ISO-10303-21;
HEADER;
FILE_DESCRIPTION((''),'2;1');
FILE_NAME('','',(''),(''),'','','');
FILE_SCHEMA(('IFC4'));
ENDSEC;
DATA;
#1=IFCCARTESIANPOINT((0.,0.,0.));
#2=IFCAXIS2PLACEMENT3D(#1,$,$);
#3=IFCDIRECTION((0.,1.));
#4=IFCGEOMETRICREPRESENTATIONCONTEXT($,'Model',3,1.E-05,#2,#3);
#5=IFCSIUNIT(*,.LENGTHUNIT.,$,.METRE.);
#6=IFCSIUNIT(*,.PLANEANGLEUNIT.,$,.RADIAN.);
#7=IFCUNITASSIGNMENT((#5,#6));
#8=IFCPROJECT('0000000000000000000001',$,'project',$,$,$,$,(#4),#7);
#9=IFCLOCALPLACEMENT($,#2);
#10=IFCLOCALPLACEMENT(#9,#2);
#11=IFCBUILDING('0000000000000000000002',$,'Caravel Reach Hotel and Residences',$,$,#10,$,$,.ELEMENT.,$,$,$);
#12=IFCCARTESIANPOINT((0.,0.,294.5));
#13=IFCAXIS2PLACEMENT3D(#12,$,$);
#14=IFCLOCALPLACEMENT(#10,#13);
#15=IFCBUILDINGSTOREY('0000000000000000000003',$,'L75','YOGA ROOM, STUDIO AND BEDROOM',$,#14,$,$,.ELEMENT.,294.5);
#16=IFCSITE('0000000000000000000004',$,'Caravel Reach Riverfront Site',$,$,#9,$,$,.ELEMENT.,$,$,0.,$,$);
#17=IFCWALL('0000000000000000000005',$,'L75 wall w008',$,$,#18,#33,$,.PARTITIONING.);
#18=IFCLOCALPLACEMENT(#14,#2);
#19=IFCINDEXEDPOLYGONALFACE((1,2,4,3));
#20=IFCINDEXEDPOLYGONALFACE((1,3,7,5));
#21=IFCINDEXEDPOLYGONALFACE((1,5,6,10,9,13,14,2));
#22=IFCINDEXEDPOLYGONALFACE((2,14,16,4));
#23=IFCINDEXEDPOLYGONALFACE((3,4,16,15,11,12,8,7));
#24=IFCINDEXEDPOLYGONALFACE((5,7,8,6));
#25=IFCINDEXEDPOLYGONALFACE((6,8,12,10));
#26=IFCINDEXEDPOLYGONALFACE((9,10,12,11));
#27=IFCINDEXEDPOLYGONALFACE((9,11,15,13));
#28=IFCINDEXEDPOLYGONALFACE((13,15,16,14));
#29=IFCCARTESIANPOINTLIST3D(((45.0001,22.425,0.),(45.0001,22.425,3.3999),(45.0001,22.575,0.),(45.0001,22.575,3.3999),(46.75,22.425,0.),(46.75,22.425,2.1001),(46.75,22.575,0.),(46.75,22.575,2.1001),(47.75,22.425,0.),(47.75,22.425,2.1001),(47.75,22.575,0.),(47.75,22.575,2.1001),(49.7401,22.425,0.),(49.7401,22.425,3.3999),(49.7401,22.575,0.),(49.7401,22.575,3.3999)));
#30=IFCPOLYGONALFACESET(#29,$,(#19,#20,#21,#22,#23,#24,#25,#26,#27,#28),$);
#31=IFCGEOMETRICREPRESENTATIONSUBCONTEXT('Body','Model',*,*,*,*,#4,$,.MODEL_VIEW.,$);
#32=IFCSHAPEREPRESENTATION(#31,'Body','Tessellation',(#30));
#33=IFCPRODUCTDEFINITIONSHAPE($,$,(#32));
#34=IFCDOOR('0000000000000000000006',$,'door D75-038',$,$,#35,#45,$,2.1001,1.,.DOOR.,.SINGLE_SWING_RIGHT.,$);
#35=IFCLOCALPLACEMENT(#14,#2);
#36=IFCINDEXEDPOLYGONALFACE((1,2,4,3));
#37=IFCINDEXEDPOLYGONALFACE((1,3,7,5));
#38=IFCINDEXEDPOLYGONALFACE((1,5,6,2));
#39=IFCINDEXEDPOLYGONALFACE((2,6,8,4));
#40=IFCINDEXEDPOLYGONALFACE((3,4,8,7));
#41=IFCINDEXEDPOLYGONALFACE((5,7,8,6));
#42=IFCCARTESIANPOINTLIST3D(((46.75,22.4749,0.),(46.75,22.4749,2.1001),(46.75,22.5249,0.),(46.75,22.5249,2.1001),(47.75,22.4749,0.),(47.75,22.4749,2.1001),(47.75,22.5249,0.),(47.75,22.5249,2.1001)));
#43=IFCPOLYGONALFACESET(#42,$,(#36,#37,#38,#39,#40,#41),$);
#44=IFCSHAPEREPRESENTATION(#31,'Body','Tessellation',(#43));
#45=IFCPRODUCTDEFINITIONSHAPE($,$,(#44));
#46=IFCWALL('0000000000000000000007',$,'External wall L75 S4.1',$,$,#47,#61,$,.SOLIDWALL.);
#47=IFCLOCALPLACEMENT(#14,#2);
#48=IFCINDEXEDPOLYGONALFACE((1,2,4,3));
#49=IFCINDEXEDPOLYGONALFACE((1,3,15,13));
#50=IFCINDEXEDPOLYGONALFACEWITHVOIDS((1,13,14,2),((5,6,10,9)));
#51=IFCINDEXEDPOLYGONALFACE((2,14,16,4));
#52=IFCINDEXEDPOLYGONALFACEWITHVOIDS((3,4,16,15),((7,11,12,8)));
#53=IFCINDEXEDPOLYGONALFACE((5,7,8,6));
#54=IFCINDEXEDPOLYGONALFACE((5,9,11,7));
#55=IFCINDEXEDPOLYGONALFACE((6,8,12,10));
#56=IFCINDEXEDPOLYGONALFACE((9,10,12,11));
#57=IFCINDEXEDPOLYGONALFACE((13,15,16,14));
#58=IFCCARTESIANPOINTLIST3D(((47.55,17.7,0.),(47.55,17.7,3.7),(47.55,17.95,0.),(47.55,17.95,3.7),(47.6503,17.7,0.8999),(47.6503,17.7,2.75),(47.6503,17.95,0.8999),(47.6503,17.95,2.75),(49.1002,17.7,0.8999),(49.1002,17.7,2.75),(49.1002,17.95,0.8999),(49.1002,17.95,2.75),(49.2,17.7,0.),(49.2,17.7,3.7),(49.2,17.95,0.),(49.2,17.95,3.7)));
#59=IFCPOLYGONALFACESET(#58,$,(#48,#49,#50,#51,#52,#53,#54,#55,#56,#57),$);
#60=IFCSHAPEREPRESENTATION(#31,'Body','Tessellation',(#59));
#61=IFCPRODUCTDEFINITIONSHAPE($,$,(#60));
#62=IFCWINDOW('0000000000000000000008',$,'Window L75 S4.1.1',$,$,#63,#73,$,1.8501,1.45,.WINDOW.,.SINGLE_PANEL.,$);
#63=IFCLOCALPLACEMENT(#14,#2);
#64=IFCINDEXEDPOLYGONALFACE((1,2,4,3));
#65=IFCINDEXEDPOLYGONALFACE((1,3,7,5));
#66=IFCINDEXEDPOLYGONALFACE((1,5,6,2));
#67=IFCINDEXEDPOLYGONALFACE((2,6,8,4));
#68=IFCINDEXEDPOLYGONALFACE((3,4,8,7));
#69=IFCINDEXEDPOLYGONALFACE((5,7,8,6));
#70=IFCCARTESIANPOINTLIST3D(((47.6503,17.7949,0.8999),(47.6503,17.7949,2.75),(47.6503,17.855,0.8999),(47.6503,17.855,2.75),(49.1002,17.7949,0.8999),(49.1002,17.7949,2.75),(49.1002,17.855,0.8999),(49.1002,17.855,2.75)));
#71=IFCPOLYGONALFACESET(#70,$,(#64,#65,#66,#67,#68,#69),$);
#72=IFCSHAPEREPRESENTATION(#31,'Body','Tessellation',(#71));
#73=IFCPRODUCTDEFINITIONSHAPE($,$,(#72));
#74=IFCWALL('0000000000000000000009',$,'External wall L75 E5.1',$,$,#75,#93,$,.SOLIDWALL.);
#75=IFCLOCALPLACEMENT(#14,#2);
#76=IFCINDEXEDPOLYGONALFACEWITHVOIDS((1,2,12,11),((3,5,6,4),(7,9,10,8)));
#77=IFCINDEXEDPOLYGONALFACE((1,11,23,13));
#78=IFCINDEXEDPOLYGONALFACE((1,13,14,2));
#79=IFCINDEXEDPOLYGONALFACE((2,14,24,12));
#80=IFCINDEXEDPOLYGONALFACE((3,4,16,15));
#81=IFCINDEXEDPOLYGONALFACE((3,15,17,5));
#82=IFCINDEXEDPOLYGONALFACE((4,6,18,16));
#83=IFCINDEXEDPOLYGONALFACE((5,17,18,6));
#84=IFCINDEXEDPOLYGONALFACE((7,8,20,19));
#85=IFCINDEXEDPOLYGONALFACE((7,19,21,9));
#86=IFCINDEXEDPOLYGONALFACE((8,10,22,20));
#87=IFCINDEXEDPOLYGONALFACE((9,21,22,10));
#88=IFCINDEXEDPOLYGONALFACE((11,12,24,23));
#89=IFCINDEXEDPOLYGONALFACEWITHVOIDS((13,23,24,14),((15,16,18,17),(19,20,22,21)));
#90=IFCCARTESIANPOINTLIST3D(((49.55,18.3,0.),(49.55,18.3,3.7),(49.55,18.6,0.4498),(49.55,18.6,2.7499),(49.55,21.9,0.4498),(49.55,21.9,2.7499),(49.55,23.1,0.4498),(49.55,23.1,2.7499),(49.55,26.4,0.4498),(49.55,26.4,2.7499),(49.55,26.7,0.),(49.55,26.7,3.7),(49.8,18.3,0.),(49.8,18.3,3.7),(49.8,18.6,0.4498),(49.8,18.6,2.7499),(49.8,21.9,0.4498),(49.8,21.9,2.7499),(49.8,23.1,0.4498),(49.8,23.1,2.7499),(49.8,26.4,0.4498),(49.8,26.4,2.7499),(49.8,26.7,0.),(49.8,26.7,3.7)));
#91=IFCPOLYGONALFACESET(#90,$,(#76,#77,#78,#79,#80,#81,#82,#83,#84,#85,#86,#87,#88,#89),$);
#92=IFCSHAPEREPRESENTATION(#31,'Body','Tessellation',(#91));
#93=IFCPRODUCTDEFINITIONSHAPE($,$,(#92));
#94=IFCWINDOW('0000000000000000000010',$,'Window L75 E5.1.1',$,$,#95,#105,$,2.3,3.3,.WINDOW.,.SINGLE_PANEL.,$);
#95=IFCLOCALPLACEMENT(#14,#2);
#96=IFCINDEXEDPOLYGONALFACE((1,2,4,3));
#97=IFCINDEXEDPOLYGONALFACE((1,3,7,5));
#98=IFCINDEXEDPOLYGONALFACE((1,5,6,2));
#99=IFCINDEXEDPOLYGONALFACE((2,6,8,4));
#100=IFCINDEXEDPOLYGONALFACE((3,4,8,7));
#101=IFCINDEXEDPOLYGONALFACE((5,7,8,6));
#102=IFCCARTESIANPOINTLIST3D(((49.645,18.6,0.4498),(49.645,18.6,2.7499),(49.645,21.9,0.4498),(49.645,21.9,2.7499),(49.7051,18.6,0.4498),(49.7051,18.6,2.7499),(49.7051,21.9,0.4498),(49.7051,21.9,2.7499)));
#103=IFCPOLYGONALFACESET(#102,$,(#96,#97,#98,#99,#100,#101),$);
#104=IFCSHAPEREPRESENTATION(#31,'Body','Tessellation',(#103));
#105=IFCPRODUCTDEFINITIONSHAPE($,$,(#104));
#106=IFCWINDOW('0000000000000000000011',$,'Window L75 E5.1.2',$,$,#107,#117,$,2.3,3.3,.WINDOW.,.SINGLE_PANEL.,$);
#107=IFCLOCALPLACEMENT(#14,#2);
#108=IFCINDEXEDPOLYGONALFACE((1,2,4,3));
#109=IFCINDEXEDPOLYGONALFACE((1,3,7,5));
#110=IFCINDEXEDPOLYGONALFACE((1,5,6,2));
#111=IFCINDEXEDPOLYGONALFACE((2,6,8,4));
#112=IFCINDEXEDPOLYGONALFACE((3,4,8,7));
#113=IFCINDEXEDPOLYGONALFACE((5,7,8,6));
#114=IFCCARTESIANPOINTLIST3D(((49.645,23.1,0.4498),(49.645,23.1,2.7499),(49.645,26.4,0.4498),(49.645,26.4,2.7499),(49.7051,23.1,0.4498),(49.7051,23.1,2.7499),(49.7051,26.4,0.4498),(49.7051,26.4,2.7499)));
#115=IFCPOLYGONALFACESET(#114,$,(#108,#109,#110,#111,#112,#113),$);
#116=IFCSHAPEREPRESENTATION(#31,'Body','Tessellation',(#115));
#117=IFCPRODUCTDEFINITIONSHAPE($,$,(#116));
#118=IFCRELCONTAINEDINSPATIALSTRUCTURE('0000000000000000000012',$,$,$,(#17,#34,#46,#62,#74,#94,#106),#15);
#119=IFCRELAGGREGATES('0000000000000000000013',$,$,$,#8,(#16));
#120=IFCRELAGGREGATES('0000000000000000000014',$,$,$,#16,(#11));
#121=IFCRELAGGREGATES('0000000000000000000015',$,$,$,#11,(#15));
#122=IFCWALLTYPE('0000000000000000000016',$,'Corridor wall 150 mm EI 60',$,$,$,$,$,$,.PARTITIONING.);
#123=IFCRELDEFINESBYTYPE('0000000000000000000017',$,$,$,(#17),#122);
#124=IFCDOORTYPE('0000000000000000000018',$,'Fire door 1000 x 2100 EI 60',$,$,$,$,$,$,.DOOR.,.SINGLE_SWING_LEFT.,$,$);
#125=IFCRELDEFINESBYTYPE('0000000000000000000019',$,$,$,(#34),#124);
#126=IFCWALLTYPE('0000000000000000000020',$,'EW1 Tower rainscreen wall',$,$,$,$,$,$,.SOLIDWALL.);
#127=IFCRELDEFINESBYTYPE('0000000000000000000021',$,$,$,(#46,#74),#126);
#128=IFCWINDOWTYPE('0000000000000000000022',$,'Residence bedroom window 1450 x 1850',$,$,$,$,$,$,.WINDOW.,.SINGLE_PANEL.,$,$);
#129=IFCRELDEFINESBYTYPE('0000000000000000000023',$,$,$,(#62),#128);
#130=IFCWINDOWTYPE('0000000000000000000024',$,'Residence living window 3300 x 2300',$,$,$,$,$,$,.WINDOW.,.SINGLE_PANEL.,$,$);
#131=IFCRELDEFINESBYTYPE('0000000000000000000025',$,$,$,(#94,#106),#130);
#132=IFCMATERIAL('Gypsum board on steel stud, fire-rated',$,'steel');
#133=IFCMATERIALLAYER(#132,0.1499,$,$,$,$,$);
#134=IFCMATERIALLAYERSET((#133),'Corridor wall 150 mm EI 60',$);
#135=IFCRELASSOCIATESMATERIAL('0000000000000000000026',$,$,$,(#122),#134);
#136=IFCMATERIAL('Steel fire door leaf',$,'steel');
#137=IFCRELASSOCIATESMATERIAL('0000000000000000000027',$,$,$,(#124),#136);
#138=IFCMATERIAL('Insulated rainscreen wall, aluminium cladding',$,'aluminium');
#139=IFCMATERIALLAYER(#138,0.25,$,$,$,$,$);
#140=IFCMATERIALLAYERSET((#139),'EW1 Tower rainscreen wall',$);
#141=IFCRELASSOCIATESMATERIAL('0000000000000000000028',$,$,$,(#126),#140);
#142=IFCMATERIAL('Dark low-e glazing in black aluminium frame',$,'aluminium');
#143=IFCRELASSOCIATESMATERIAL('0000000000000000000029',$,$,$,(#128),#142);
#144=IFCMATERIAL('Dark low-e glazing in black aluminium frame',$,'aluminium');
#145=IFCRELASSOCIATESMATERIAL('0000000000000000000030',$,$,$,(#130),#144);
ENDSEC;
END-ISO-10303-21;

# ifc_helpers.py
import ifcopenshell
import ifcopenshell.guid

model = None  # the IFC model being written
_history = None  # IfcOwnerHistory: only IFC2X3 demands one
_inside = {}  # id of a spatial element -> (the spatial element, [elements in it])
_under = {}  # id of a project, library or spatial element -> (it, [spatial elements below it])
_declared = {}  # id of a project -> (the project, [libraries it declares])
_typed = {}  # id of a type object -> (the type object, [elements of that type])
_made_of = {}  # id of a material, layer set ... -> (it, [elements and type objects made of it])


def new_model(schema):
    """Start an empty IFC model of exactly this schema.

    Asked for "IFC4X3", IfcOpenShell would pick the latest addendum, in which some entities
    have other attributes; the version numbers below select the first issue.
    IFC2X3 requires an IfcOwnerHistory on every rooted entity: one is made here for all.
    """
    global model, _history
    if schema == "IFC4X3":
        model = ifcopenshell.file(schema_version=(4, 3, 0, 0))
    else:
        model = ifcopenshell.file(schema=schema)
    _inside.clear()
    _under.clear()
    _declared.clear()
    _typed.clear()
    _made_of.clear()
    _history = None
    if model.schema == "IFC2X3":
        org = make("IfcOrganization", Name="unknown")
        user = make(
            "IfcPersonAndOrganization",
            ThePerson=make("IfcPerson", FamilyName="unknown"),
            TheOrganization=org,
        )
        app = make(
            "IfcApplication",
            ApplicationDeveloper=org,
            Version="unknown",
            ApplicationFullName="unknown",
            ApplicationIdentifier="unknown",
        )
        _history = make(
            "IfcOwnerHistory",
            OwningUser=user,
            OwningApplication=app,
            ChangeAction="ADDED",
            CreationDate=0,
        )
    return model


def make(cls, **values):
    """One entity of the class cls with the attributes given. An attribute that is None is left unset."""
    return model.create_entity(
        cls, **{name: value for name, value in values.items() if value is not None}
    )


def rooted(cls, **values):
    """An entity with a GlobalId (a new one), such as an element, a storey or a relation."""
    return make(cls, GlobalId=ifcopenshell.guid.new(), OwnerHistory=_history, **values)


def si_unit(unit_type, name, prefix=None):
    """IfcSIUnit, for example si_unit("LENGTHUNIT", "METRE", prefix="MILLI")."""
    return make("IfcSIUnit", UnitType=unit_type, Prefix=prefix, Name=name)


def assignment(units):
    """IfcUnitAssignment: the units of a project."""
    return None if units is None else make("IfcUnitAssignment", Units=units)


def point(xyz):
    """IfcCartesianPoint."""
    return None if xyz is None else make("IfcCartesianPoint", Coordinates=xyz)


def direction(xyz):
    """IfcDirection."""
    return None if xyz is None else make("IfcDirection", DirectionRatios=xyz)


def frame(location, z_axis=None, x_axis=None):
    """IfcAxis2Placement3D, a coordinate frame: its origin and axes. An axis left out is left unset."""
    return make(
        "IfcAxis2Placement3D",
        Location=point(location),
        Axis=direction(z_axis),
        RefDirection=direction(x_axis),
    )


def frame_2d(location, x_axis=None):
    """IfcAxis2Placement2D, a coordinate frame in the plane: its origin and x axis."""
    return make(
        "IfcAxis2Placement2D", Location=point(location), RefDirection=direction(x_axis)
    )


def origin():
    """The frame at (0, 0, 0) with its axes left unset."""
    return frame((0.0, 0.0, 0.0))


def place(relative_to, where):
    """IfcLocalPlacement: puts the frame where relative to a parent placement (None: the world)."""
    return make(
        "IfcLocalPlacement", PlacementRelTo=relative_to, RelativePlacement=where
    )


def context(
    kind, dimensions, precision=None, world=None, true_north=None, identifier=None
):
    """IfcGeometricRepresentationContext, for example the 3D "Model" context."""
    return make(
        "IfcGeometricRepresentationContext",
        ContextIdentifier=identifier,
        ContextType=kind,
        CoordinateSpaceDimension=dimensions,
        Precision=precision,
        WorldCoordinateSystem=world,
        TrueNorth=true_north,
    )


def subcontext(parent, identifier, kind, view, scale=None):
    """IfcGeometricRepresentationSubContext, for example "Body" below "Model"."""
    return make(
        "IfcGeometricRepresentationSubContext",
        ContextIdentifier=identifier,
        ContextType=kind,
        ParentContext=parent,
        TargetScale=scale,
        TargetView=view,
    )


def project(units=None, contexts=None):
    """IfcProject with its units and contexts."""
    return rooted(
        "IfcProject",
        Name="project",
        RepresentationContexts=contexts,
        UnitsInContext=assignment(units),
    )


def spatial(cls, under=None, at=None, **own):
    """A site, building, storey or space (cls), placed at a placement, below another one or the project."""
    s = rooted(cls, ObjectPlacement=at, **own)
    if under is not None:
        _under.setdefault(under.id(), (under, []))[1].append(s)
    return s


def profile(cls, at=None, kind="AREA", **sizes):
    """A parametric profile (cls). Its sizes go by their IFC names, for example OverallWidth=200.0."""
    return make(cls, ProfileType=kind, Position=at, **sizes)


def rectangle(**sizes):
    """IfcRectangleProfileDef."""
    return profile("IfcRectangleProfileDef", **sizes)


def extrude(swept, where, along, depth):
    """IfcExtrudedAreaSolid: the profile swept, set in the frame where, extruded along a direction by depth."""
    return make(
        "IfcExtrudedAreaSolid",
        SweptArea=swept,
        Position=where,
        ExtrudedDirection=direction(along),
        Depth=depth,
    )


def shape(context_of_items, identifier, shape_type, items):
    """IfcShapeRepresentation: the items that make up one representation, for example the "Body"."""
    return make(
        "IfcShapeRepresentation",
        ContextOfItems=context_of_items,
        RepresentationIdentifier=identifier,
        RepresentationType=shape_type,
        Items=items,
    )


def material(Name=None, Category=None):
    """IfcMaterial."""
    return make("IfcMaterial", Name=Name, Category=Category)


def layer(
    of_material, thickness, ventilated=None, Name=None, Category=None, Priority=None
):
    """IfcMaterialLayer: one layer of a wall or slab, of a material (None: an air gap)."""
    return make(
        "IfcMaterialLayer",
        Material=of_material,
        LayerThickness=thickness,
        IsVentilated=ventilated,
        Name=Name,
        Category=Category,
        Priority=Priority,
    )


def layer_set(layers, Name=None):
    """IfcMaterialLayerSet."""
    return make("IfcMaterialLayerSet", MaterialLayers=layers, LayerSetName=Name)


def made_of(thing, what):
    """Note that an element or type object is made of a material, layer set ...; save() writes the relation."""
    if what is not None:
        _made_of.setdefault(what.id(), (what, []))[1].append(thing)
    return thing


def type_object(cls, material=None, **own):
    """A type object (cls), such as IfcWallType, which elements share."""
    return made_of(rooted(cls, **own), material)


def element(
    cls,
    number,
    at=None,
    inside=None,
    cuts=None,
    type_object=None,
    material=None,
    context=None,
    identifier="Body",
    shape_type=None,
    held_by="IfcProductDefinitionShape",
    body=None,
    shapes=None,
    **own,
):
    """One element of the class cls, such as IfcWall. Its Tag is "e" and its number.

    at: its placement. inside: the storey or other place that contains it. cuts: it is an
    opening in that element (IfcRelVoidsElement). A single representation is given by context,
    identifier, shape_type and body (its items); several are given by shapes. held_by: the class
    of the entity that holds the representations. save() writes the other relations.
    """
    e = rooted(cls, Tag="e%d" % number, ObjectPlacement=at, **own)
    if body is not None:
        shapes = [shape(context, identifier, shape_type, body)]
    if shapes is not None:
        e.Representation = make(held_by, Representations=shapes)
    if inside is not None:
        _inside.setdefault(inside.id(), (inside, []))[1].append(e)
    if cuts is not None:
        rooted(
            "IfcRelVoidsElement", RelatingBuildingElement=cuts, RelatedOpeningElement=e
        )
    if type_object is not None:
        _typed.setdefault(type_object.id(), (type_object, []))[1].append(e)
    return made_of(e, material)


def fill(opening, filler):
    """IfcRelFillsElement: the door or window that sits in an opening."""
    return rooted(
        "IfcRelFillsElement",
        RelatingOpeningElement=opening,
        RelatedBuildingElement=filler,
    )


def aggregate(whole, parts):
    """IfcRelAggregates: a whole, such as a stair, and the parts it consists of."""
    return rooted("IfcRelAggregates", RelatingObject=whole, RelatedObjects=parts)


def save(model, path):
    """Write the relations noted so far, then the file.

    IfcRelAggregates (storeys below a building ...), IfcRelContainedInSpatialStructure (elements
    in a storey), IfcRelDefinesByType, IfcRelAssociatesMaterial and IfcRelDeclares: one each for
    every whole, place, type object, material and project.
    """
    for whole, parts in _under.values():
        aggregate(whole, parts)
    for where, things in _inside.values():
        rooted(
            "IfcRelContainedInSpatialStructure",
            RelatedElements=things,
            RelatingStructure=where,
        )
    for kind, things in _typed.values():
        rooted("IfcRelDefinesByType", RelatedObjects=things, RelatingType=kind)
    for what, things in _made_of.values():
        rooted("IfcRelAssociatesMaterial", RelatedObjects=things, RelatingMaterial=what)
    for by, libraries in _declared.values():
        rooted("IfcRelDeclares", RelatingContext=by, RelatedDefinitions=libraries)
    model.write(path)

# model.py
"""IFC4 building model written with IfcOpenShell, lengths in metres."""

from ifc_helpers import new_model, si_unit, direction, frame, frame_2d, origin, place, context, subcontext, project, spatial, rectangle, extrude, material, layer, layer_set, type_object, element, fill, save


model = new_model("IFC4")

# Units and contexts
model_context = context("Model", 3, precision=1e-05, world=origin(), true_north=direction((0.0, 1.0)))
body_context = subcontext(model_context, "Body", "Model", "MODEL_VIEW")
ifc_project = project(units=[si_unit("LENGTHUNIT", "METRE"), si_unit("PLANEANGLEUNIT", "RADIAN")], contexts=[model_context])

# Site, building, storey
site_placement = place(None, origin())
site = spatial("IfcSite", under=ifc_project, at=site_placement, Name="Caravel Reach Riverfront Site", CompositionType="ELEMENT", RefElevation=0.0)
building_placement = place(site_placement, origin())
building = spatial("IfcBuilding", under=site, at=building_placement, Name="Caravel Reach Hotel and Residences", CompositionType="ELEMENT")
storey_placement = place(building_placement, frame((0.0, 0.0, 294.5)))
storey = spatial("IfcBuildingStorey", under=building, at=storey_placement, Name="L75", Description="YOGA ROOM, STUDIO AND BEDROOM", CompositionType="ELEMENT", Elevation=294.5)

# Shared definitions
ifc_material_1 = material(Name="Gypsum board on steel stud, fire-rated", Category="steel")
ifc_layer_1 = layer(ifc_material_1, 0.1499)
ifc_layer_set_1 = layer_set([ifc_layer_1], Name="Corridor wall 150 mm EI 60")
wall_type_1 = type_object("IfcWallType", Name="Corridor wall 150 mm EI 60", PredefinedType="PARTITIONING", material=ifc_layer_set_1)

# Wall, opening, door
wall_1_placement = place(storey_placement, frame((45.0, 22.5, 0.0), z_axis=(0.0, 0.0, 1.0), x_axis=(1.0, 0.0, 0.0)))
wall_1 = element("IfcWall", 1, at=wall_1_placement, inside=storey, type_object=wall_type_1, Name="L75 wall w008", PredefinedType="PARTITIONING", context=body_context, shape_type="SweptSolid", body=[
    extrude(rectangle(XDim=4.74, YDim=0.1499, at=frame_2d((2.3701, 0.0))), origin(), (0.0, 0.0, 1.0), 3.3999),
])
opening_1_placement = place(wall_1_placement, frame((1.75, 0.0, 0.0)))
opening_1 = element("IfcOpeningElement", 2, at=opening_1_placement, cuts=wall_1, PredefinedType="OPENING", context=body_context, shape_type="SweptSolid", body=[
    extrude(rectangle(XDim=1.0, YDim=2.1001, at=frame_2d((0.5, 1.05))), frame((0.0, 0.085, 0.0), z_axis=(0.0, -1.0, 0.0), x_axis=(1.0, 0.0, 0.0)), (0.0, 0.0, 1.0), 0.1699),
])
ifc_material_2 = material(Name="Steel fire door leaf", Category="steel")
door_type = type_object("IfcDoorType", Name="Fire door 1000 x 2100 EI 60", OperationType="SINGLE_SWING_LEFT", PredefinedType="DOOR", material=ifc_material_2)
door_placement = place(opening_1_placement, origin())
door = element("IfcDoor", 3, at=door_placement, inside=storey, type_object=door_type, Name="door D75-038", OperationType="SINGLE_SWING_RIGHT", OverallHeight=2.1001, OverallWidth=1.0, PredefinedType="DOOR", context=body_context, shape_type="SweptSolid", body=[
    extrude(rectangle(XDim=1.0, YDim=2.1001, at=frame_2d((0.5, 1.05))), frame((0.0, 0.0249, 0.0), z_axis=(0.0, -1.0, 0.0), x_axis=(1.0, 0.0, 0.0)), (0.0, 0.0, 1.0), 0.05),
])
fill(opening_1, door)

# Wall, opening, window
ifc_material_3 = material(Name="Insulated rainscreen wall, aluminium cladding", Category="aluminium")
ifc_layer_2 = layer(ifc_material_3, 0.25)
ifc_layer_set_2 = layer_set([ifc_layer_2], Name="EW1 Tower rainscreen wall")
wall_type_2 = type_object("IfcWallType", Name="EW1 Tower rainscreen wall", PredefinedType="SOLIDWALL", material=ifc_layer_set_2)
wall_2_placement = place(storey_placement, frame((47.55, 17.825, 0.0), z_axis=(0.0, 0.0, 1.0), x_axis=(1.0, 0.0, 0.0)))
wall_2 = element("IfcWall", 4, at=wall_2_placement, inside=storey, type_object=wall_type_2, Name="External wall L75 S4.1", PredefinedType="SOLIDWALL", context=body_context, shape_type="SweptSolid", body=[
    extrude(rectangle(XDim=1.6499, YDim=0.25, at=frame_2d((0.825, 0.0))), origin(), (0.0, 0.0, 1.0), 3.7),
])
opening_2_placement = place(wall_2_placement, frame((0.1001, 0.0, 0.8999)))
opening_2 = element("IfcOpeningElement", 5, at=opening_2_placement, cuts=wall_2, PredefinedType="OPENING", context=body_context, shape_type="SweptSolid", body=[
    extrude(rectangle(XDim=1.45, YDim=1.8501, at=frame_2d((0.7251, 0.925))), frame((0.0, 0.135, 0.0), z_axis=(0.0, -1.0, 0.0), x_axis=(1.0, 0.0, 0.0)), (0.0, 0.0, 1.0), 0.27),
])
ifc_material_4 = material(Name="Dark low-e glazing in black aluminium frame", Category="aluminium")
window_type_1 = type_object("IfcWindowType", Name="Residence bedroom window 1450 x 1850", PartitioningType="SINGLE_PANEL", PredefinedType="WINDOW", material=ifc_material_4)
window_1_placement = place(opening_2_placement, origin())
window_1 = element("IfcWindow", 6, at=window_1_placement, inside=storey, type_object=window_type_1, Name="Window L75 S4.1.1", OverallHeight=1.8501, OverallWidth=1.45, PartitioningType="SINGLE_PANEL", PredefinedType="WINDOW", context=body_context, shape_type="SweptSolid", body=[
    extrude(rectangle(XDim=1.45, YDim=1.8501, at=frame_2d((0.7251, 0.925))), frame((0.0, 0.03, 0.0), z_axis=(0.0, -1.0, 0.0), x_axis=(1.0, 0.0, 0.0)), (0.0, 0.0, 1.0), 0.0601),
])
fill(opening_2, window_1)

# Wall, openings, windows
wall_3_placement = place(storey_placement, frame((49.675, 18.3, 0.0), z_axis=(0.0, 0.0, 1.0), x_axis=(0.0, 1.0, 0.0)))
wall_3 = element("IfcWall", 7, at=wall_3_placement, inside=storey, type_object=wall_type_2, Name="External wall L75 E5.1", PredefinedType="SOLIDWALL", context=body_context, shape_type="SweptSolid", body=[
    extrude(rectangle(XDim=8.3999, YDim=0.25, at=frame_2d((4.2, 0.0))), origin(), (0.0, 0.0, 1.0), 3.7),
])
opening_3_placement = place(wall_3_placement, frame((0.3, 0.0, 0.45)))
opening_3 = element("IfcOpeningElement", 8, at=opening_3_placement, cuts=wall_3, PredefinedType="OPENING", context=body_context, shape_type="SweptSolid", body=[
    extrude(rectangle(XDim=3.3, YDim=2.3, at=frame_2d((1.6499, 1.1499))), frame((0.0, 0.135, 0.0), z_axis=(0.0, -1.0, 0.0), x_axis=(1.0, 0.0, 0.0)), (0.0, 0.0, 1.0), 0.27),
])
opening_4_placement = place(wall_3_placement, frame((4.8, 0.0, 0.45)))
opening_4 = element("IfcOpeningElement", 9, at=opening_4_placement, cuts=wall_3, PredefinedType="OPENING", context=body_context, shape_type="SweptSolid", body=[
    extrude(rectangle(XDim=3.3, YDim=2.3, at=frame_2d((1.6499, 1.1499))), frame((0.0, 0.135, 0.0), z_axis=(0.0, -1.0, 0.0), x_axis=(1.0, 0.0, 0.0)), (0.0, 0.0, 1.0), 0.27),
])
ifc_material_5 = material(Name="Dark low-e glazing in black aluminium frame", Category="aluminium")
window_type_2 = type_object("IfcWindowType", Name="Residence living window 3300 x 2300", PartitioningType="SINGLE_PANEL", PredefinedType="WINDOW", material=ifc_material_5)
window_2_placement = place(opening_3_placement, origin())
window_2 = element("IfcWindow", 10, at=window_2_placement, inside=storey, type_object=window_type_2, Name="Window L75 E5.1.1", OverallHeight=2.3, OverallWidth=3.3, PartitioningType="SINGLE_PANEL", PredefinedType="WINDOW", context=body_context, shape_type="SweptSolid", body=[
    extrude(rectangle(XDim=3.3, YDim=2.3, at=frame_2d((1.6499, 1.1499))), frame((0.0, 0.03, 0.0), z_axis=(0.0, -1.0, 0.0), x_axis=(1.0, 0.0, 0.0)), (0.0, 0.0, 1.0), 0.0601),
])
fill(opening_3, window_2)
window_3_placement = place(opening_4_placement, origin())
window_3 = element("IfcWindow", 11, at=window_3_placement, inside=storey, type_object=window_type_2, Name="Window L75 E5.1.2", OverallHeight=2.3, OverallWidth=3.3, PartitioningType="SINGLE_PANEL", PredefinedType="WINDOW", context=body_context, shape_type="SweptSolid", body=[
    extrude(rectangle(XDim=3.3, YDim=2.3, at=frame_2d((1.6499, 1.1499))), frame((0.0, 0.03, 0.0), z_axis=(0.0, -1.0, 0.0), x_axis=(1.0, 0.0, 0.0)), (0.0, 0.0, 1.0), 0.0601),
])
fill(opening_4, window_3)

save(model, "model.ifc")
